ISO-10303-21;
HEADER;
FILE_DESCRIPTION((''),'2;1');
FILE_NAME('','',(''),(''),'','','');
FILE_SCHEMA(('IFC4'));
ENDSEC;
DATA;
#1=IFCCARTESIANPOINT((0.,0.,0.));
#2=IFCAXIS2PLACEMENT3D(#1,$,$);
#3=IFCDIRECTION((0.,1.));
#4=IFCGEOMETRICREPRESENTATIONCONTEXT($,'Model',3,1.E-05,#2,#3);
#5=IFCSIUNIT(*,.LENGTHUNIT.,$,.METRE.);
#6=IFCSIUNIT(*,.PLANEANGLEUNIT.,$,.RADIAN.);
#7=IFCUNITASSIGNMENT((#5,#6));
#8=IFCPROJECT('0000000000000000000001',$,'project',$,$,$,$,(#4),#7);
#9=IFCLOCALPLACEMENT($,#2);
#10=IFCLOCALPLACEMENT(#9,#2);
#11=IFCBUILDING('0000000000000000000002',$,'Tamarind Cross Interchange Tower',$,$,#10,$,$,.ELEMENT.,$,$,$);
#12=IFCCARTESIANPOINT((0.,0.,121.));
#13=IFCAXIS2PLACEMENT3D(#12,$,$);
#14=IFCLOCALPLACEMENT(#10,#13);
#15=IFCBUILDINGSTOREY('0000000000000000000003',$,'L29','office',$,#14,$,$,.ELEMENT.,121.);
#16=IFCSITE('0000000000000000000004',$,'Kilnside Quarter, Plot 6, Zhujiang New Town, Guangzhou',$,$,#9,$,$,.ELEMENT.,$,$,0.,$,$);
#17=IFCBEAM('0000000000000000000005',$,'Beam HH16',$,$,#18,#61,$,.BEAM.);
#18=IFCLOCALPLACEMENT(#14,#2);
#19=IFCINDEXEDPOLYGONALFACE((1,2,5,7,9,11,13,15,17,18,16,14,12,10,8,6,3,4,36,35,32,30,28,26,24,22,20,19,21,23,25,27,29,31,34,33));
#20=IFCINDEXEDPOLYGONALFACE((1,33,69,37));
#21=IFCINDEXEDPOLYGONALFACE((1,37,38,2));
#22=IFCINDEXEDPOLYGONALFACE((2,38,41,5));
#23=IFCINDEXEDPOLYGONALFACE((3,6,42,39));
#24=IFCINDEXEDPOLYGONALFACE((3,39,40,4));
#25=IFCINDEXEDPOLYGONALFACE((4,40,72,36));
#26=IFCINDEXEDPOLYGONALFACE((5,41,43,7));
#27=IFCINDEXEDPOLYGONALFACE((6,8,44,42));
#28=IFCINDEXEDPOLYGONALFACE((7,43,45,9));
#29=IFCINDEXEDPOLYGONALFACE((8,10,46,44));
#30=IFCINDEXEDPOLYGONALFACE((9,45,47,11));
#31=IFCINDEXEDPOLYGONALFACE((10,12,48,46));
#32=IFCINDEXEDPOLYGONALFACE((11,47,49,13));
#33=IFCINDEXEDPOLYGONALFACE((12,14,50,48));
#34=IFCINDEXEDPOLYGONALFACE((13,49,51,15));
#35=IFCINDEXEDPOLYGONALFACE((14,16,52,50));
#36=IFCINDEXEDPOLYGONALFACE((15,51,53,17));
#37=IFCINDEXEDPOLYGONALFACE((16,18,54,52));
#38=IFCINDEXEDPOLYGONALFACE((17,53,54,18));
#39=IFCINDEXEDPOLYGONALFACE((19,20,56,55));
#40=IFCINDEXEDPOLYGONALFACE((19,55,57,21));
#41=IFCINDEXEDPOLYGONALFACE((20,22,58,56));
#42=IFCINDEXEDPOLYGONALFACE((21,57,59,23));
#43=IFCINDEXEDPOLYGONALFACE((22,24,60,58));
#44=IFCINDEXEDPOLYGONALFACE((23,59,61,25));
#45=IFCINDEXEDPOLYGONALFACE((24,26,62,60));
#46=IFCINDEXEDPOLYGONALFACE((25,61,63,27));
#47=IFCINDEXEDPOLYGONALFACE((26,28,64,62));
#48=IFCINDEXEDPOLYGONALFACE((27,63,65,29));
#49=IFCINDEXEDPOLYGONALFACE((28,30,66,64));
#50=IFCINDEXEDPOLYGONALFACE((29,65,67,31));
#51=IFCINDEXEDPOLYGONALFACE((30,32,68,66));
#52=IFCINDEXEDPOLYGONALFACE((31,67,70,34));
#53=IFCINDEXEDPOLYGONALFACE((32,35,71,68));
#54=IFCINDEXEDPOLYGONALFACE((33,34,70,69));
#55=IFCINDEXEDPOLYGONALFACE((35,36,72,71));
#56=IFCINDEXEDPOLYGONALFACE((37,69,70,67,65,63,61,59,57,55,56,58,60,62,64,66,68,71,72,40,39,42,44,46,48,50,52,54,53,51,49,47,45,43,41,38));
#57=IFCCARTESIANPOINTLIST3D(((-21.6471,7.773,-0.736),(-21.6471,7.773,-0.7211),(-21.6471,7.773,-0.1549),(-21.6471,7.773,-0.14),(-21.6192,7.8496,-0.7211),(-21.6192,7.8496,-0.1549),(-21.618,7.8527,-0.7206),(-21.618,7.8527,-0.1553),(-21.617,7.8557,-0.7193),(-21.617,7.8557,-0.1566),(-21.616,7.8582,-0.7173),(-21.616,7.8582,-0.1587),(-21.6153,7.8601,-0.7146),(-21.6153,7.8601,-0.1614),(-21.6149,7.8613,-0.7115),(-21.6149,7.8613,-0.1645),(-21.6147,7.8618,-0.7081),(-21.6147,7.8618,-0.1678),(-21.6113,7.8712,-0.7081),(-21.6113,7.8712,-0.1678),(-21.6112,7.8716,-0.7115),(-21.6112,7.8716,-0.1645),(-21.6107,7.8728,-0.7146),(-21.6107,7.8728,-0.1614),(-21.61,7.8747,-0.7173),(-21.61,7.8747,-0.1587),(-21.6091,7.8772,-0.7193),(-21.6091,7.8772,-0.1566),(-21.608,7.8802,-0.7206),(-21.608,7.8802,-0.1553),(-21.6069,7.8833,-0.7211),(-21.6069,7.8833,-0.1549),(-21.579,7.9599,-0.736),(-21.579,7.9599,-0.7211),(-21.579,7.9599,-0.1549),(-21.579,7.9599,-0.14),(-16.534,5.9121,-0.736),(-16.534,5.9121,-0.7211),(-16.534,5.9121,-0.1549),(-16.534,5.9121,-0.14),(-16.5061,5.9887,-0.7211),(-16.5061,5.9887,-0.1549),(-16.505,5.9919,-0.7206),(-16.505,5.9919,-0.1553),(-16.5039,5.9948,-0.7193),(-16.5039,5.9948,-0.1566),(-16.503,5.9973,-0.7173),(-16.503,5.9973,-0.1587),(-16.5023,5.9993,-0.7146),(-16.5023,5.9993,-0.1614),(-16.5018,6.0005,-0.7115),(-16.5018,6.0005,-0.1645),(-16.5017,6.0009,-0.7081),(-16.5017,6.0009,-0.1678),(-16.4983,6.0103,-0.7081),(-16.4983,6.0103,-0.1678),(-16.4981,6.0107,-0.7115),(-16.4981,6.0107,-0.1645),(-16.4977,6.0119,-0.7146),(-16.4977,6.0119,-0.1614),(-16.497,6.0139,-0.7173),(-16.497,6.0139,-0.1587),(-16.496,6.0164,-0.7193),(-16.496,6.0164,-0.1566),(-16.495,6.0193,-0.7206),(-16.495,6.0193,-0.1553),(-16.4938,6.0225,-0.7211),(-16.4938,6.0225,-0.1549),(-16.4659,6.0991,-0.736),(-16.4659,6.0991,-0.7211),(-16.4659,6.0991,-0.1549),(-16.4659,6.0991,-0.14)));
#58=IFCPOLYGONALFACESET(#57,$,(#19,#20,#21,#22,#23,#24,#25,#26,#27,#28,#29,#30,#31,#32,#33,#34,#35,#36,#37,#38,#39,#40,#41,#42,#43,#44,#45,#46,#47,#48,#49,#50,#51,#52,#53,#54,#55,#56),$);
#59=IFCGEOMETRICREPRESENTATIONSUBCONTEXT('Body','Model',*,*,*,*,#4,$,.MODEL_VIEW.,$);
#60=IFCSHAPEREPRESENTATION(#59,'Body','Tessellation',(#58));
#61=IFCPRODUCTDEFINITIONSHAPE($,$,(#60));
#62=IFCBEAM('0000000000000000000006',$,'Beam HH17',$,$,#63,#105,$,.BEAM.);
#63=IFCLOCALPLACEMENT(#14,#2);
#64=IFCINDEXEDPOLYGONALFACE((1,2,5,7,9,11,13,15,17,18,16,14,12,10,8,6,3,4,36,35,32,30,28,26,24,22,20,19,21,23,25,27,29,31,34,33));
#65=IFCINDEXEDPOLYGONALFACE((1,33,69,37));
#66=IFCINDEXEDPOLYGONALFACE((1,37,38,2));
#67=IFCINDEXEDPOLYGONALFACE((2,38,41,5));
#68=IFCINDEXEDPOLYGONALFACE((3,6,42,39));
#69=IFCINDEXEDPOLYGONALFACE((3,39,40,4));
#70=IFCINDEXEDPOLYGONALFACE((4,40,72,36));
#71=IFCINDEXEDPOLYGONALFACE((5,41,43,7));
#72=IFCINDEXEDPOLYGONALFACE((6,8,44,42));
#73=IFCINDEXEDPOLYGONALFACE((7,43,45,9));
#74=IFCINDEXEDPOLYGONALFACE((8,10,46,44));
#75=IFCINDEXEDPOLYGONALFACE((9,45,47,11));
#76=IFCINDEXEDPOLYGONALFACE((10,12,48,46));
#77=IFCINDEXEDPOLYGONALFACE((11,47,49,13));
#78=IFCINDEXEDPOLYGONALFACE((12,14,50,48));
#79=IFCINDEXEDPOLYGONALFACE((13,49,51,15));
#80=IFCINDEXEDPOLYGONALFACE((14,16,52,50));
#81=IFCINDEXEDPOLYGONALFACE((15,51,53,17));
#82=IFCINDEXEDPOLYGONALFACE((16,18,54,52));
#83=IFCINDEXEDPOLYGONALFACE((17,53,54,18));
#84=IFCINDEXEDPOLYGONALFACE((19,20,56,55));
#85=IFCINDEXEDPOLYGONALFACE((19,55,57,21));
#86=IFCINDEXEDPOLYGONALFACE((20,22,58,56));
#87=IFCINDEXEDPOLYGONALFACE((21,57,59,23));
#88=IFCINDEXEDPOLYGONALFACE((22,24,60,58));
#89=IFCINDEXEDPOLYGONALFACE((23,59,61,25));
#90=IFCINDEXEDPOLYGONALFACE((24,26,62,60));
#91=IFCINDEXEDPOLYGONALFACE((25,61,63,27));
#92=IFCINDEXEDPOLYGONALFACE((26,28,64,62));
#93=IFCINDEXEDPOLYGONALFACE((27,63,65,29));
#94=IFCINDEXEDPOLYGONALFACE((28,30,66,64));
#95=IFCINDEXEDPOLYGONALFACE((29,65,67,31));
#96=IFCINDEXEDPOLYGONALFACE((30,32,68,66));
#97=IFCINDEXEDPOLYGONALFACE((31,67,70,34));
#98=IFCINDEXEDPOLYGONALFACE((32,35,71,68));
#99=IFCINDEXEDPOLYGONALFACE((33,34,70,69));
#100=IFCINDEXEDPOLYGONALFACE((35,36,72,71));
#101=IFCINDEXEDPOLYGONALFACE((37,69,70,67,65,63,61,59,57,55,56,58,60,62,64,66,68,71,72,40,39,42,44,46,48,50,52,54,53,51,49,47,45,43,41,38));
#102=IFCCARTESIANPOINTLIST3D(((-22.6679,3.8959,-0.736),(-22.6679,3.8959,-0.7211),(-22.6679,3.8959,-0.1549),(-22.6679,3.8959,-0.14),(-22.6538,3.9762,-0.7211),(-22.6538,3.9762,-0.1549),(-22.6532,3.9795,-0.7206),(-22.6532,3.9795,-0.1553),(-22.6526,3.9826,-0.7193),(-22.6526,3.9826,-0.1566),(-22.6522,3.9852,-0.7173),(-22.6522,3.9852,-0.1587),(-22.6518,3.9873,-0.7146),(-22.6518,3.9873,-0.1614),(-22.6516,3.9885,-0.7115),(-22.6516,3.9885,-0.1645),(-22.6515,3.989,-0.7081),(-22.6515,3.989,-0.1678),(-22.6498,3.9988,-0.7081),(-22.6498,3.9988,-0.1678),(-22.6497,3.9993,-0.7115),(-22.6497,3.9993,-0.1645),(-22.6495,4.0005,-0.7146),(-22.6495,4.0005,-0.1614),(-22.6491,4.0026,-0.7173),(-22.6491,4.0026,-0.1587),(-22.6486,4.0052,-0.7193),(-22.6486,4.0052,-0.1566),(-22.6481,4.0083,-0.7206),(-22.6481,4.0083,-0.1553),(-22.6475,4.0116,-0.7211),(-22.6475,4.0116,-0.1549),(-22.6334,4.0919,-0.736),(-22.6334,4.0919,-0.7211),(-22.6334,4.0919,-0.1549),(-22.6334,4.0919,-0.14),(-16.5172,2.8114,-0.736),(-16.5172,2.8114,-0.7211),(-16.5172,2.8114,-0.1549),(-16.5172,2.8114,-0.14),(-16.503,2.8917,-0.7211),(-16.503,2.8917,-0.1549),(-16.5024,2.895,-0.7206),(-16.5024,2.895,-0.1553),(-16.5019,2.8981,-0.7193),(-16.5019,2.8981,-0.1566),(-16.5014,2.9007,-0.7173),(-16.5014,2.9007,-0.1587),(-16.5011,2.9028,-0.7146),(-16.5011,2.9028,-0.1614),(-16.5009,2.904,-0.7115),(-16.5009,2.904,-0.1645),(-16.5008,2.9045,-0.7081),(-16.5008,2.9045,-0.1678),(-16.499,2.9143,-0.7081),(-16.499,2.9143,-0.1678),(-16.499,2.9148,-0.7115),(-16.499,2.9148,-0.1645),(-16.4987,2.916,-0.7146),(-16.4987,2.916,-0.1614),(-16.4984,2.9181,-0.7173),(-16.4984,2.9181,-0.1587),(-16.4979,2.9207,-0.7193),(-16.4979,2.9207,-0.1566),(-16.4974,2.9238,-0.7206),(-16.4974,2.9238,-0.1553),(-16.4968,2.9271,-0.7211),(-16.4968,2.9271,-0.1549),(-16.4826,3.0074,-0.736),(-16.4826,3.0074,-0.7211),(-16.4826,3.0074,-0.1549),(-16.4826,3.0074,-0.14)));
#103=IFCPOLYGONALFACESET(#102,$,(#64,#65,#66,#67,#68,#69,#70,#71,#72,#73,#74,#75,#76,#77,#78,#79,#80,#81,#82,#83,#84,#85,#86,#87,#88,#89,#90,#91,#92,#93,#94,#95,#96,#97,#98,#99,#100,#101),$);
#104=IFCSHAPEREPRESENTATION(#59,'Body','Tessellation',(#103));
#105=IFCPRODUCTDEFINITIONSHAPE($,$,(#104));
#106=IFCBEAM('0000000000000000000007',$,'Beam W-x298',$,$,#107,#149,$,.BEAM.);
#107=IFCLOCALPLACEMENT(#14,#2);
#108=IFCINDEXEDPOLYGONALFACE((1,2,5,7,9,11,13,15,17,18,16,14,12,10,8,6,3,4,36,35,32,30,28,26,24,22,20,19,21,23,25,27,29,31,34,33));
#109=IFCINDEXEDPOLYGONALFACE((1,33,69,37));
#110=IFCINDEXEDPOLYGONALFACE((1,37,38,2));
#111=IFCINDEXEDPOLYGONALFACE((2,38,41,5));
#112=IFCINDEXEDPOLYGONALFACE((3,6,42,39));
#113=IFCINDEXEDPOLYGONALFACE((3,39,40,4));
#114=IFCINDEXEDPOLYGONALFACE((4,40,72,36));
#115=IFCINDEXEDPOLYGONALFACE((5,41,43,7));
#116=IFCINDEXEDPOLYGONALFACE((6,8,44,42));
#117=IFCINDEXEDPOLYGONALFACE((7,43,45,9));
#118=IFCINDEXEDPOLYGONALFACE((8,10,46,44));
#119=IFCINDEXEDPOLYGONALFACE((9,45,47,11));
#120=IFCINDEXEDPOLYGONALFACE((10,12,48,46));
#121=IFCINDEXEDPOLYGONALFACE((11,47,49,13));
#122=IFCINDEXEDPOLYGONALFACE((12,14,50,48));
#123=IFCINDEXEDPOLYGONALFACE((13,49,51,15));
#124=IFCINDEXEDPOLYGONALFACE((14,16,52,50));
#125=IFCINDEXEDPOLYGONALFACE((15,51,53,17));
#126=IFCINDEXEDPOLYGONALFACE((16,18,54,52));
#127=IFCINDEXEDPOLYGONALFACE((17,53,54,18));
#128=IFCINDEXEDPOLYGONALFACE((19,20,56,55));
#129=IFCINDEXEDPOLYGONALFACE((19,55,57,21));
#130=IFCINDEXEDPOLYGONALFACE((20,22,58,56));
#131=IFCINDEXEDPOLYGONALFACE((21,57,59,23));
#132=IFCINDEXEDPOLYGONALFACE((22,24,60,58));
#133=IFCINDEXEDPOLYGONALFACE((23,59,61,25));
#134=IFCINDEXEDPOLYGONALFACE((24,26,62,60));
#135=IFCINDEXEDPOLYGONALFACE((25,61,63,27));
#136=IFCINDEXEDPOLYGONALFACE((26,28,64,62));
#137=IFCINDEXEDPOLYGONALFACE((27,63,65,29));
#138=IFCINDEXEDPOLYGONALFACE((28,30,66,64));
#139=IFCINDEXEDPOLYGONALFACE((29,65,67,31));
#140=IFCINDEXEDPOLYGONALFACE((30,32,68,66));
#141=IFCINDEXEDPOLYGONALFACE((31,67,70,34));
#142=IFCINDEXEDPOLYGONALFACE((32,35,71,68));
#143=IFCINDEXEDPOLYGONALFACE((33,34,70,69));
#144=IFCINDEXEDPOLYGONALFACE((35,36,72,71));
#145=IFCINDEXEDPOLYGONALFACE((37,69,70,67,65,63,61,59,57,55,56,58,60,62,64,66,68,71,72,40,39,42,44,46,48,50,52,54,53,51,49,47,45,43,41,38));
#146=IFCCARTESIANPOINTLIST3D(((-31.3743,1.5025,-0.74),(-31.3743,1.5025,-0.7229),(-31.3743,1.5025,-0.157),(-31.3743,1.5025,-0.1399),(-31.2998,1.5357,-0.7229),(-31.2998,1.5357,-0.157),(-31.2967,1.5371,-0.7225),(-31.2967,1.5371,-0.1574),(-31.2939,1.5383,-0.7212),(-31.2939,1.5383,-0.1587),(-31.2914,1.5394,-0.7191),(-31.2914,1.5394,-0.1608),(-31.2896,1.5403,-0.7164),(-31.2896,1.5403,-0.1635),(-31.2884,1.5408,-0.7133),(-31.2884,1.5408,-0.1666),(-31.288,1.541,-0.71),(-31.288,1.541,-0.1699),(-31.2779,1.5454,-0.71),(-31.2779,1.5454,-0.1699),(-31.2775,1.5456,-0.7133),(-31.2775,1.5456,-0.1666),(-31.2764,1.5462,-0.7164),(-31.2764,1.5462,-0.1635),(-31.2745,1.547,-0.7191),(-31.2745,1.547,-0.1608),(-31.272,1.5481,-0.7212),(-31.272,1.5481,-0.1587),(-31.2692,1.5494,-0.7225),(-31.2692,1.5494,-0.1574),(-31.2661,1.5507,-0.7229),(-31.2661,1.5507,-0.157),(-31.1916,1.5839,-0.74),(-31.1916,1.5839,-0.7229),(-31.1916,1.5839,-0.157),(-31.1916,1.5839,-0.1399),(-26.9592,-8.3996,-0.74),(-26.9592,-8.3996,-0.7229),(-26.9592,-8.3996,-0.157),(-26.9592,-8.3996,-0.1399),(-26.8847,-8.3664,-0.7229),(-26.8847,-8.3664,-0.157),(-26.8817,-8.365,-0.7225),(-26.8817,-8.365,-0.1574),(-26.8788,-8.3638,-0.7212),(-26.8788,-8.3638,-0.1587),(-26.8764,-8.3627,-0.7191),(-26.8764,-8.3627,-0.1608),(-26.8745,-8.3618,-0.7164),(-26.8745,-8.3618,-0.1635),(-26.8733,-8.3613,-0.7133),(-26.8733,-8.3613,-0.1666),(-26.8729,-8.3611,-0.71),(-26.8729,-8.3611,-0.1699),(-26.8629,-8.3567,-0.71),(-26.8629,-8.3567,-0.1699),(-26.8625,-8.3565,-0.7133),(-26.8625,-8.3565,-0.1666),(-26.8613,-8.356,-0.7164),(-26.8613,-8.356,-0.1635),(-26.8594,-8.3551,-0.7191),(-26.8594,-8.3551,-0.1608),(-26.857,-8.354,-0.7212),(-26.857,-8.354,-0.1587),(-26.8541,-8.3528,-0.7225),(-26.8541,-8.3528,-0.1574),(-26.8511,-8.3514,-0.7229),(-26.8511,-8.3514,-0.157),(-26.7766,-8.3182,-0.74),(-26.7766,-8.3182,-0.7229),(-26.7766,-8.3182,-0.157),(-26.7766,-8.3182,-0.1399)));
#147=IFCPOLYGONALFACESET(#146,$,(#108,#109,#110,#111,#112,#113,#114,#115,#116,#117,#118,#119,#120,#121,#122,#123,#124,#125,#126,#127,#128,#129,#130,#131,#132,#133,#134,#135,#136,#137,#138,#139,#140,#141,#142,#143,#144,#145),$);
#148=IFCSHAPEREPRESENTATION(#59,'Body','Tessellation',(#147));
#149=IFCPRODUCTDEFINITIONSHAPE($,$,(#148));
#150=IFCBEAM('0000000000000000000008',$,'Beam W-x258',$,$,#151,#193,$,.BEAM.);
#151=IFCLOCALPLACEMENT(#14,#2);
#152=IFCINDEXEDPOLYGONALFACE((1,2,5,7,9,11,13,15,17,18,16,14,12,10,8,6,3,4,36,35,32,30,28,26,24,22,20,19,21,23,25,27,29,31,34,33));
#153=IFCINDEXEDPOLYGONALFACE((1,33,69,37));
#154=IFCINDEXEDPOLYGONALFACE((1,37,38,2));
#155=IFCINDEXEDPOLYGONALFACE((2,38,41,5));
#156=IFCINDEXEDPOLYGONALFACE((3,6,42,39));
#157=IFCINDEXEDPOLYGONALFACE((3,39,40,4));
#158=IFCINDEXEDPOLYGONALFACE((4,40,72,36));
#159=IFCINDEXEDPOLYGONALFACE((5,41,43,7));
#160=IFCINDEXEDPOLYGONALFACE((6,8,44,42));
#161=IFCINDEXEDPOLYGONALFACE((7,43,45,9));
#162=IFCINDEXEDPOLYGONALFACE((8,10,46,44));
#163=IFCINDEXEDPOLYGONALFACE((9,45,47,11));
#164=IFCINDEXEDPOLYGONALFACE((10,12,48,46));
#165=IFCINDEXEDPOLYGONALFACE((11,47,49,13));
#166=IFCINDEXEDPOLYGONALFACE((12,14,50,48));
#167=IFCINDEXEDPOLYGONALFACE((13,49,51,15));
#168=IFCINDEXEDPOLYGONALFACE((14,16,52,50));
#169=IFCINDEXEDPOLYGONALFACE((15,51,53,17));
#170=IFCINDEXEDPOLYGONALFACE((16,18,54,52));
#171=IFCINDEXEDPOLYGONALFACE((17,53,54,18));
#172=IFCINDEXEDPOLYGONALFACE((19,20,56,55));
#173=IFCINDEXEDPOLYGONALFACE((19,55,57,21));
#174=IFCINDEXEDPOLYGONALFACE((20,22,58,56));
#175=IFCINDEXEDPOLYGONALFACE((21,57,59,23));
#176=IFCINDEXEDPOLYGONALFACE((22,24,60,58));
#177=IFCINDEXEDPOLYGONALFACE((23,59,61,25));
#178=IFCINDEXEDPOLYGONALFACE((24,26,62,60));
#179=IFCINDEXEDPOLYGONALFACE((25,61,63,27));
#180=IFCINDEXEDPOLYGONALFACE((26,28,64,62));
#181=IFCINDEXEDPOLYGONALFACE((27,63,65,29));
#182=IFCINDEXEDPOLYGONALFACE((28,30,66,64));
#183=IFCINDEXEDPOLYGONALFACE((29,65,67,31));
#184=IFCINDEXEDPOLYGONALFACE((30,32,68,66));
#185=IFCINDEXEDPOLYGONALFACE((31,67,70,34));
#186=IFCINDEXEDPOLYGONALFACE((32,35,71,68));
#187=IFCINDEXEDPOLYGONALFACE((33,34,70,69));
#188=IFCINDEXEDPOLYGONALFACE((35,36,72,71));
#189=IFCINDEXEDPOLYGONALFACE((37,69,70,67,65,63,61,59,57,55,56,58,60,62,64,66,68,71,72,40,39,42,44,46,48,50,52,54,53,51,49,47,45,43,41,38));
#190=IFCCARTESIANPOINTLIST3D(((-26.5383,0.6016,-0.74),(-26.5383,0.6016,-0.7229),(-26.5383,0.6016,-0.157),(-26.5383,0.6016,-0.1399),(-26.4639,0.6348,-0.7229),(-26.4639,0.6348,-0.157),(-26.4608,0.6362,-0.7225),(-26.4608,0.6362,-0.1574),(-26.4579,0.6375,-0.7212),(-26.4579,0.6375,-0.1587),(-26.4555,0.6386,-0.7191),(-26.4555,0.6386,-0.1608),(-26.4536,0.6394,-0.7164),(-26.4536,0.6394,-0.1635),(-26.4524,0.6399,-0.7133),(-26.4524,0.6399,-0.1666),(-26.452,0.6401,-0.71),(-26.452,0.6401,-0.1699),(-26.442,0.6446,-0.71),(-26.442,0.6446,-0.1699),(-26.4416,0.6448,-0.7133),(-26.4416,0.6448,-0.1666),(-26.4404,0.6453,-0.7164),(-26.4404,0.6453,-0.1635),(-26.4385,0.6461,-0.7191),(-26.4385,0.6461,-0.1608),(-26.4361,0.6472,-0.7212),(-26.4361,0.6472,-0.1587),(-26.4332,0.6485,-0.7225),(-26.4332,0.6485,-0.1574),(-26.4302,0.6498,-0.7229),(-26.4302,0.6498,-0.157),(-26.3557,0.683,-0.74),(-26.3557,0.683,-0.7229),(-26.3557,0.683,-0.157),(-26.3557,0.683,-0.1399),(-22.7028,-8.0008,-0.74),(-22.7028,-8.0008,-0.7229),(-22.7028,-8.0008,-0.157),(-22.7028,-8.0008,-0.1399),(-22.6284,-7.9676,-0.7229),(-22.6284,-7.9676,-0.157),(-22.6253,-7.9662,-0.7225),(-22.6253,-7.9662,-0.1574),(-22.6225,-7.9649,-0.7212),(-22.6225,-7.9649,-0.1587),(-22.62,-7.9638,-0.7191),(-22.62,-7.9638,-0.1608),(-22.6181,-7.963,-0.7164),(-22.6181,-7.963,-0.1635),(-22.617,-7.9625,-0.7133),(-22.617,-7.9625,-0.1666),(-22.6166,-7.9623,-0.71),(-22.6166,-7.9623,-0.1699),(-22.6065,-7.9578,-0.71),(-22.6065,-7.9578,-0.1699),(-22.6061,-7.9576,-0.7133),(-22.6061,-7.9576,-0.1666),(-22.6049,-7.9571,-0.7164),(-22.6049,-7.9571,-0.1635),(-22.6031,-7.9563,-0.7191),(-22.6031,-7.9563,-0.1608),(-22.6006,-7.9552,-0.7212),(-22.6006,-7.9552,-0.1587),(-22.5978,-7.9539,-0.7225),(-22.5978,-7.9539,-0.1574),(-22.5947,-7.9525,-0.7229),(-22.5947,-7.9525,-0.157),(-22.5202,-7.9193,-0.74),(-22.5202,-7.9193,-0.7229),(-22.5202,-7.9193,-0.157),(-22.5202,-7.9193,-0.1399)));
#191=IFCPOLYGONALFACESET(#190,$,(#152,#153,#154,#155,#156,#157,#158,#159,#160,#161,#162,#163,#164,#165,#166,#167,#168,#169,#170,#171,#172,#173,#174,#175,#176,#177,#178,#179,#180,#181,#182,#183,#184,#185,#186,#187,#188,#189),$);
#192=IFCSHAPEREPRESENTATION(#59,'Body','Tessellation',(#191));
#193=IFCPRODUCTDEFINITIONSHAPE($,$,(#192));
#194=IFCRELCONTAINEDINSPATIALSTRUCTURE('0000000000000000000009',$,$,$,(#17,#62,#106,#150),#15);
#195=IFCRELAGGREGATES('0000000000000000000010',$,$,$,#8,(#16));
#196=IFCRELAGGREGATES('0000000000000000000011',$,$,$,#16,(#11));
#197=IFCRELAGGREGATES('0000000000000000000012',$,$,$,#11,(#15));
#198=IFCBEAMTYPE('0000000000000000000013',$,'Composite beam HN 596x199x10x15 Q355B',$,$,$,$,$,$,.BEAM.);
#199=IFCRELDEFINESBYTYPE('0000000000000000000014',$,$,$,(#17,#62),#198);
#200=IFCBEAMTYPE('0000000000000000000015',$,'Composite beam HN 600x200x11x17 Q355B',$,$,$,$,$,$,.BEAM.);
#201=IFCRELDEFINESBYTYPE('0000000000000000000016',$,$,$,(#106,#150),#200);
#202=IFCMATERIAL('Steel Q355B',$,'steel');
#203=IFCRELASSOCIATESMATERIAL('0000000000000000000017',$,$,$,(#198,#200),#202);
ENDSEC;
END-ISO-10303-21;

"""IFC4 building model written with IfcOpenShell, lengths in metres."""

from ifc_helpers import new_model, si_unit, direction, frame, origin, origin_2d, place, context, subcontext, project, spatial, i_section, extrude, material, material_profile, profile_set, type_object, element, save


model = new_model("IFC4")

# Units and contexts
model_context = context("Model", 3, precision=1e-05, world=origin(), true_north=direction((0.0, 1.0)))
body_context = subcontext(model_context, "Body", "Model", "MODEL_VIEW")
ifc_project = project(units=[si_unit("LENGTHUNIT", "METRE"), si_unit("PLANEANGLEUNIT", "RADIAN")], contexts=[model_context])

# Site, building, storey
site_placement = place(None, origin())
site = spatial("IfcSite", under=ifc_project, at=site_placement, Name="Kilnside Quarter, Plot 6, Zhujiang New Town, Guangzhou", CompositionType="ELEMENT", RefElevation=0.0)
building_placement = place(site_placement, origin())
building = spatial("IfcBuilding", under=site, at=building_placement, Name="Tamarind Cross Interchange Tower", CompositionType="ELEMENT")
storey_placement = place(building_placement, frame((0.0, 0.0, 121.0)))
storey = spatial("IfcBuildingStorey", under=building, at=storey_placement, Name="L29", Description="office", CompositionType="ELEMENT", Elevation=121.0)

# Beams
ifc_material_1 = material(Name="Steel Q355B", Category="steel")
ifc_material_profile_1 = material_profile(ifc_material_1, i_section(OverallWidth=0.199, OverallDepth=0.5959, WebThickness=0.01, FlangeThickness=0.0149, FilletRadius=0.0129, at=origin_2d()), Name="HN 596x199x10x15")
ifc_profile_set_1 = profile_set([ifc_material_profile_1], Name="Steel Q355B")
beam_type_1 = type_object("IfcBeamType", Name="Composite beam HN 596x199x10x15 Q355B", PredefinedType="BEAM", material=ifc_profile_set_1)
beam_1_placement = place(storey_placement, frame((-21.613, 7.8665, -0.438), z_axis=(0.939702, -0.341995, 0.0), x_axis=(0.341995, 0.939702, 0.0)))
element("IfcBeam", 1, at=beam_1_placement, inside=storey, type_object=beam_type_1, Name="Beam HH16", PredefinedType="BEAM", context=body_context, shape_type="SweptSolid", body=[
    extrude(i_section(OverallWidth=0.199, OverallDepth=0.5959, WebThickness=0.01, FlangeThickness=0.0149, FilletRadius=0.0129, at=origin_2d()), origin(), (0.0, 0.0, 1.0), 5.4412),
])
beam_2_placement = place(storey_placement, frame((-22.6506, 3.9939, -0.438), z_axis=(0.984809, -0.17364, 0.0), x_axis=(0.17364, 0.984809, 0.0)))
element("IfcBeam", 2, at=beam_2_placement, inside=storey, type_object=beam_type_1, Name="Beam HH17", PredefinedType="BEAM", context=body_context, shape_type="SweptSolid", body=[
    extrude(i_section(OverallWidth=0.199, OverallDepth=0.5959, WebThickness=0.01, FlangeThickness=0.0149, FilletRadius=0.0129, at=origin_2d()), origin(), (0.0, 0.0, 1.0), 6.2456),
])
ifc_material_profile_2 = material_profile(ifc_material_1, i_section(OverallWidth=0.2, OverallDepth=0.6001, WebThickness=0.011, FlangeThickness=0.0171, FilletRadius=0.0129, at=origin_2d()), Name="HN 600x200x11x17")
ifc_profile_set_2 = profile_set([ifc_material_profile_2], Name="Steel Q355B")
beam_type_2 = type_object("IfcBeamType", Name="Composite beam HN 600x200x11x17 Q355B", PredefinedType="BEAM", material=ifc_profile_set_2)
beam_3_placement = place(storey_placement, frame((-31.283, 1.5432, -0.4399), z_axis=(0.407225, -0.913328, 0.0), x_axis=(0.913328, 0.407225, 0.0)))
element("IfcBeam", 3, at=beam_3_placement, inside=storey, type_object=beam_type_2, Name="Beam W-x298", PredefinedType="BEAM", context=body_context, shape_type="SweptSolid", body=[
    extrude(i_section(OverallWidth=0.2, OverallDepth=0.6001, WebThickness=0.011, FlangeThickness=0.0171, FilletRadius=0.0129, at=origin_2d()), origin(), (0.0, 0.0, 1.0), 10.8418),
])
beam_4_placement = place(storey_placement, frame((-26.447, 0.6423, -0.4399), z_axis=(0.40722, -0.91333, 0.0), x_axis=(0.91333, 0.40722, 0.0)))
element("IfcBeam", 4, at=beam_4_placement, inside=storey, type_object=beam_type_2, Name="Beam W-x258", PredefinedType="BEAM", context=body_context, shape_type="SweptSolid", body=[
    extrude(i_section(OverallWidth=0.2, OverallDepth=0.6001, WebThickness=0.011, FlangeThickness=0.0171, FilletRadius=0.0129, at=origin_2d()), origin(), (0.0, 0.0, 1.0), 9.4187),
])

save(model, "model.ifc")
